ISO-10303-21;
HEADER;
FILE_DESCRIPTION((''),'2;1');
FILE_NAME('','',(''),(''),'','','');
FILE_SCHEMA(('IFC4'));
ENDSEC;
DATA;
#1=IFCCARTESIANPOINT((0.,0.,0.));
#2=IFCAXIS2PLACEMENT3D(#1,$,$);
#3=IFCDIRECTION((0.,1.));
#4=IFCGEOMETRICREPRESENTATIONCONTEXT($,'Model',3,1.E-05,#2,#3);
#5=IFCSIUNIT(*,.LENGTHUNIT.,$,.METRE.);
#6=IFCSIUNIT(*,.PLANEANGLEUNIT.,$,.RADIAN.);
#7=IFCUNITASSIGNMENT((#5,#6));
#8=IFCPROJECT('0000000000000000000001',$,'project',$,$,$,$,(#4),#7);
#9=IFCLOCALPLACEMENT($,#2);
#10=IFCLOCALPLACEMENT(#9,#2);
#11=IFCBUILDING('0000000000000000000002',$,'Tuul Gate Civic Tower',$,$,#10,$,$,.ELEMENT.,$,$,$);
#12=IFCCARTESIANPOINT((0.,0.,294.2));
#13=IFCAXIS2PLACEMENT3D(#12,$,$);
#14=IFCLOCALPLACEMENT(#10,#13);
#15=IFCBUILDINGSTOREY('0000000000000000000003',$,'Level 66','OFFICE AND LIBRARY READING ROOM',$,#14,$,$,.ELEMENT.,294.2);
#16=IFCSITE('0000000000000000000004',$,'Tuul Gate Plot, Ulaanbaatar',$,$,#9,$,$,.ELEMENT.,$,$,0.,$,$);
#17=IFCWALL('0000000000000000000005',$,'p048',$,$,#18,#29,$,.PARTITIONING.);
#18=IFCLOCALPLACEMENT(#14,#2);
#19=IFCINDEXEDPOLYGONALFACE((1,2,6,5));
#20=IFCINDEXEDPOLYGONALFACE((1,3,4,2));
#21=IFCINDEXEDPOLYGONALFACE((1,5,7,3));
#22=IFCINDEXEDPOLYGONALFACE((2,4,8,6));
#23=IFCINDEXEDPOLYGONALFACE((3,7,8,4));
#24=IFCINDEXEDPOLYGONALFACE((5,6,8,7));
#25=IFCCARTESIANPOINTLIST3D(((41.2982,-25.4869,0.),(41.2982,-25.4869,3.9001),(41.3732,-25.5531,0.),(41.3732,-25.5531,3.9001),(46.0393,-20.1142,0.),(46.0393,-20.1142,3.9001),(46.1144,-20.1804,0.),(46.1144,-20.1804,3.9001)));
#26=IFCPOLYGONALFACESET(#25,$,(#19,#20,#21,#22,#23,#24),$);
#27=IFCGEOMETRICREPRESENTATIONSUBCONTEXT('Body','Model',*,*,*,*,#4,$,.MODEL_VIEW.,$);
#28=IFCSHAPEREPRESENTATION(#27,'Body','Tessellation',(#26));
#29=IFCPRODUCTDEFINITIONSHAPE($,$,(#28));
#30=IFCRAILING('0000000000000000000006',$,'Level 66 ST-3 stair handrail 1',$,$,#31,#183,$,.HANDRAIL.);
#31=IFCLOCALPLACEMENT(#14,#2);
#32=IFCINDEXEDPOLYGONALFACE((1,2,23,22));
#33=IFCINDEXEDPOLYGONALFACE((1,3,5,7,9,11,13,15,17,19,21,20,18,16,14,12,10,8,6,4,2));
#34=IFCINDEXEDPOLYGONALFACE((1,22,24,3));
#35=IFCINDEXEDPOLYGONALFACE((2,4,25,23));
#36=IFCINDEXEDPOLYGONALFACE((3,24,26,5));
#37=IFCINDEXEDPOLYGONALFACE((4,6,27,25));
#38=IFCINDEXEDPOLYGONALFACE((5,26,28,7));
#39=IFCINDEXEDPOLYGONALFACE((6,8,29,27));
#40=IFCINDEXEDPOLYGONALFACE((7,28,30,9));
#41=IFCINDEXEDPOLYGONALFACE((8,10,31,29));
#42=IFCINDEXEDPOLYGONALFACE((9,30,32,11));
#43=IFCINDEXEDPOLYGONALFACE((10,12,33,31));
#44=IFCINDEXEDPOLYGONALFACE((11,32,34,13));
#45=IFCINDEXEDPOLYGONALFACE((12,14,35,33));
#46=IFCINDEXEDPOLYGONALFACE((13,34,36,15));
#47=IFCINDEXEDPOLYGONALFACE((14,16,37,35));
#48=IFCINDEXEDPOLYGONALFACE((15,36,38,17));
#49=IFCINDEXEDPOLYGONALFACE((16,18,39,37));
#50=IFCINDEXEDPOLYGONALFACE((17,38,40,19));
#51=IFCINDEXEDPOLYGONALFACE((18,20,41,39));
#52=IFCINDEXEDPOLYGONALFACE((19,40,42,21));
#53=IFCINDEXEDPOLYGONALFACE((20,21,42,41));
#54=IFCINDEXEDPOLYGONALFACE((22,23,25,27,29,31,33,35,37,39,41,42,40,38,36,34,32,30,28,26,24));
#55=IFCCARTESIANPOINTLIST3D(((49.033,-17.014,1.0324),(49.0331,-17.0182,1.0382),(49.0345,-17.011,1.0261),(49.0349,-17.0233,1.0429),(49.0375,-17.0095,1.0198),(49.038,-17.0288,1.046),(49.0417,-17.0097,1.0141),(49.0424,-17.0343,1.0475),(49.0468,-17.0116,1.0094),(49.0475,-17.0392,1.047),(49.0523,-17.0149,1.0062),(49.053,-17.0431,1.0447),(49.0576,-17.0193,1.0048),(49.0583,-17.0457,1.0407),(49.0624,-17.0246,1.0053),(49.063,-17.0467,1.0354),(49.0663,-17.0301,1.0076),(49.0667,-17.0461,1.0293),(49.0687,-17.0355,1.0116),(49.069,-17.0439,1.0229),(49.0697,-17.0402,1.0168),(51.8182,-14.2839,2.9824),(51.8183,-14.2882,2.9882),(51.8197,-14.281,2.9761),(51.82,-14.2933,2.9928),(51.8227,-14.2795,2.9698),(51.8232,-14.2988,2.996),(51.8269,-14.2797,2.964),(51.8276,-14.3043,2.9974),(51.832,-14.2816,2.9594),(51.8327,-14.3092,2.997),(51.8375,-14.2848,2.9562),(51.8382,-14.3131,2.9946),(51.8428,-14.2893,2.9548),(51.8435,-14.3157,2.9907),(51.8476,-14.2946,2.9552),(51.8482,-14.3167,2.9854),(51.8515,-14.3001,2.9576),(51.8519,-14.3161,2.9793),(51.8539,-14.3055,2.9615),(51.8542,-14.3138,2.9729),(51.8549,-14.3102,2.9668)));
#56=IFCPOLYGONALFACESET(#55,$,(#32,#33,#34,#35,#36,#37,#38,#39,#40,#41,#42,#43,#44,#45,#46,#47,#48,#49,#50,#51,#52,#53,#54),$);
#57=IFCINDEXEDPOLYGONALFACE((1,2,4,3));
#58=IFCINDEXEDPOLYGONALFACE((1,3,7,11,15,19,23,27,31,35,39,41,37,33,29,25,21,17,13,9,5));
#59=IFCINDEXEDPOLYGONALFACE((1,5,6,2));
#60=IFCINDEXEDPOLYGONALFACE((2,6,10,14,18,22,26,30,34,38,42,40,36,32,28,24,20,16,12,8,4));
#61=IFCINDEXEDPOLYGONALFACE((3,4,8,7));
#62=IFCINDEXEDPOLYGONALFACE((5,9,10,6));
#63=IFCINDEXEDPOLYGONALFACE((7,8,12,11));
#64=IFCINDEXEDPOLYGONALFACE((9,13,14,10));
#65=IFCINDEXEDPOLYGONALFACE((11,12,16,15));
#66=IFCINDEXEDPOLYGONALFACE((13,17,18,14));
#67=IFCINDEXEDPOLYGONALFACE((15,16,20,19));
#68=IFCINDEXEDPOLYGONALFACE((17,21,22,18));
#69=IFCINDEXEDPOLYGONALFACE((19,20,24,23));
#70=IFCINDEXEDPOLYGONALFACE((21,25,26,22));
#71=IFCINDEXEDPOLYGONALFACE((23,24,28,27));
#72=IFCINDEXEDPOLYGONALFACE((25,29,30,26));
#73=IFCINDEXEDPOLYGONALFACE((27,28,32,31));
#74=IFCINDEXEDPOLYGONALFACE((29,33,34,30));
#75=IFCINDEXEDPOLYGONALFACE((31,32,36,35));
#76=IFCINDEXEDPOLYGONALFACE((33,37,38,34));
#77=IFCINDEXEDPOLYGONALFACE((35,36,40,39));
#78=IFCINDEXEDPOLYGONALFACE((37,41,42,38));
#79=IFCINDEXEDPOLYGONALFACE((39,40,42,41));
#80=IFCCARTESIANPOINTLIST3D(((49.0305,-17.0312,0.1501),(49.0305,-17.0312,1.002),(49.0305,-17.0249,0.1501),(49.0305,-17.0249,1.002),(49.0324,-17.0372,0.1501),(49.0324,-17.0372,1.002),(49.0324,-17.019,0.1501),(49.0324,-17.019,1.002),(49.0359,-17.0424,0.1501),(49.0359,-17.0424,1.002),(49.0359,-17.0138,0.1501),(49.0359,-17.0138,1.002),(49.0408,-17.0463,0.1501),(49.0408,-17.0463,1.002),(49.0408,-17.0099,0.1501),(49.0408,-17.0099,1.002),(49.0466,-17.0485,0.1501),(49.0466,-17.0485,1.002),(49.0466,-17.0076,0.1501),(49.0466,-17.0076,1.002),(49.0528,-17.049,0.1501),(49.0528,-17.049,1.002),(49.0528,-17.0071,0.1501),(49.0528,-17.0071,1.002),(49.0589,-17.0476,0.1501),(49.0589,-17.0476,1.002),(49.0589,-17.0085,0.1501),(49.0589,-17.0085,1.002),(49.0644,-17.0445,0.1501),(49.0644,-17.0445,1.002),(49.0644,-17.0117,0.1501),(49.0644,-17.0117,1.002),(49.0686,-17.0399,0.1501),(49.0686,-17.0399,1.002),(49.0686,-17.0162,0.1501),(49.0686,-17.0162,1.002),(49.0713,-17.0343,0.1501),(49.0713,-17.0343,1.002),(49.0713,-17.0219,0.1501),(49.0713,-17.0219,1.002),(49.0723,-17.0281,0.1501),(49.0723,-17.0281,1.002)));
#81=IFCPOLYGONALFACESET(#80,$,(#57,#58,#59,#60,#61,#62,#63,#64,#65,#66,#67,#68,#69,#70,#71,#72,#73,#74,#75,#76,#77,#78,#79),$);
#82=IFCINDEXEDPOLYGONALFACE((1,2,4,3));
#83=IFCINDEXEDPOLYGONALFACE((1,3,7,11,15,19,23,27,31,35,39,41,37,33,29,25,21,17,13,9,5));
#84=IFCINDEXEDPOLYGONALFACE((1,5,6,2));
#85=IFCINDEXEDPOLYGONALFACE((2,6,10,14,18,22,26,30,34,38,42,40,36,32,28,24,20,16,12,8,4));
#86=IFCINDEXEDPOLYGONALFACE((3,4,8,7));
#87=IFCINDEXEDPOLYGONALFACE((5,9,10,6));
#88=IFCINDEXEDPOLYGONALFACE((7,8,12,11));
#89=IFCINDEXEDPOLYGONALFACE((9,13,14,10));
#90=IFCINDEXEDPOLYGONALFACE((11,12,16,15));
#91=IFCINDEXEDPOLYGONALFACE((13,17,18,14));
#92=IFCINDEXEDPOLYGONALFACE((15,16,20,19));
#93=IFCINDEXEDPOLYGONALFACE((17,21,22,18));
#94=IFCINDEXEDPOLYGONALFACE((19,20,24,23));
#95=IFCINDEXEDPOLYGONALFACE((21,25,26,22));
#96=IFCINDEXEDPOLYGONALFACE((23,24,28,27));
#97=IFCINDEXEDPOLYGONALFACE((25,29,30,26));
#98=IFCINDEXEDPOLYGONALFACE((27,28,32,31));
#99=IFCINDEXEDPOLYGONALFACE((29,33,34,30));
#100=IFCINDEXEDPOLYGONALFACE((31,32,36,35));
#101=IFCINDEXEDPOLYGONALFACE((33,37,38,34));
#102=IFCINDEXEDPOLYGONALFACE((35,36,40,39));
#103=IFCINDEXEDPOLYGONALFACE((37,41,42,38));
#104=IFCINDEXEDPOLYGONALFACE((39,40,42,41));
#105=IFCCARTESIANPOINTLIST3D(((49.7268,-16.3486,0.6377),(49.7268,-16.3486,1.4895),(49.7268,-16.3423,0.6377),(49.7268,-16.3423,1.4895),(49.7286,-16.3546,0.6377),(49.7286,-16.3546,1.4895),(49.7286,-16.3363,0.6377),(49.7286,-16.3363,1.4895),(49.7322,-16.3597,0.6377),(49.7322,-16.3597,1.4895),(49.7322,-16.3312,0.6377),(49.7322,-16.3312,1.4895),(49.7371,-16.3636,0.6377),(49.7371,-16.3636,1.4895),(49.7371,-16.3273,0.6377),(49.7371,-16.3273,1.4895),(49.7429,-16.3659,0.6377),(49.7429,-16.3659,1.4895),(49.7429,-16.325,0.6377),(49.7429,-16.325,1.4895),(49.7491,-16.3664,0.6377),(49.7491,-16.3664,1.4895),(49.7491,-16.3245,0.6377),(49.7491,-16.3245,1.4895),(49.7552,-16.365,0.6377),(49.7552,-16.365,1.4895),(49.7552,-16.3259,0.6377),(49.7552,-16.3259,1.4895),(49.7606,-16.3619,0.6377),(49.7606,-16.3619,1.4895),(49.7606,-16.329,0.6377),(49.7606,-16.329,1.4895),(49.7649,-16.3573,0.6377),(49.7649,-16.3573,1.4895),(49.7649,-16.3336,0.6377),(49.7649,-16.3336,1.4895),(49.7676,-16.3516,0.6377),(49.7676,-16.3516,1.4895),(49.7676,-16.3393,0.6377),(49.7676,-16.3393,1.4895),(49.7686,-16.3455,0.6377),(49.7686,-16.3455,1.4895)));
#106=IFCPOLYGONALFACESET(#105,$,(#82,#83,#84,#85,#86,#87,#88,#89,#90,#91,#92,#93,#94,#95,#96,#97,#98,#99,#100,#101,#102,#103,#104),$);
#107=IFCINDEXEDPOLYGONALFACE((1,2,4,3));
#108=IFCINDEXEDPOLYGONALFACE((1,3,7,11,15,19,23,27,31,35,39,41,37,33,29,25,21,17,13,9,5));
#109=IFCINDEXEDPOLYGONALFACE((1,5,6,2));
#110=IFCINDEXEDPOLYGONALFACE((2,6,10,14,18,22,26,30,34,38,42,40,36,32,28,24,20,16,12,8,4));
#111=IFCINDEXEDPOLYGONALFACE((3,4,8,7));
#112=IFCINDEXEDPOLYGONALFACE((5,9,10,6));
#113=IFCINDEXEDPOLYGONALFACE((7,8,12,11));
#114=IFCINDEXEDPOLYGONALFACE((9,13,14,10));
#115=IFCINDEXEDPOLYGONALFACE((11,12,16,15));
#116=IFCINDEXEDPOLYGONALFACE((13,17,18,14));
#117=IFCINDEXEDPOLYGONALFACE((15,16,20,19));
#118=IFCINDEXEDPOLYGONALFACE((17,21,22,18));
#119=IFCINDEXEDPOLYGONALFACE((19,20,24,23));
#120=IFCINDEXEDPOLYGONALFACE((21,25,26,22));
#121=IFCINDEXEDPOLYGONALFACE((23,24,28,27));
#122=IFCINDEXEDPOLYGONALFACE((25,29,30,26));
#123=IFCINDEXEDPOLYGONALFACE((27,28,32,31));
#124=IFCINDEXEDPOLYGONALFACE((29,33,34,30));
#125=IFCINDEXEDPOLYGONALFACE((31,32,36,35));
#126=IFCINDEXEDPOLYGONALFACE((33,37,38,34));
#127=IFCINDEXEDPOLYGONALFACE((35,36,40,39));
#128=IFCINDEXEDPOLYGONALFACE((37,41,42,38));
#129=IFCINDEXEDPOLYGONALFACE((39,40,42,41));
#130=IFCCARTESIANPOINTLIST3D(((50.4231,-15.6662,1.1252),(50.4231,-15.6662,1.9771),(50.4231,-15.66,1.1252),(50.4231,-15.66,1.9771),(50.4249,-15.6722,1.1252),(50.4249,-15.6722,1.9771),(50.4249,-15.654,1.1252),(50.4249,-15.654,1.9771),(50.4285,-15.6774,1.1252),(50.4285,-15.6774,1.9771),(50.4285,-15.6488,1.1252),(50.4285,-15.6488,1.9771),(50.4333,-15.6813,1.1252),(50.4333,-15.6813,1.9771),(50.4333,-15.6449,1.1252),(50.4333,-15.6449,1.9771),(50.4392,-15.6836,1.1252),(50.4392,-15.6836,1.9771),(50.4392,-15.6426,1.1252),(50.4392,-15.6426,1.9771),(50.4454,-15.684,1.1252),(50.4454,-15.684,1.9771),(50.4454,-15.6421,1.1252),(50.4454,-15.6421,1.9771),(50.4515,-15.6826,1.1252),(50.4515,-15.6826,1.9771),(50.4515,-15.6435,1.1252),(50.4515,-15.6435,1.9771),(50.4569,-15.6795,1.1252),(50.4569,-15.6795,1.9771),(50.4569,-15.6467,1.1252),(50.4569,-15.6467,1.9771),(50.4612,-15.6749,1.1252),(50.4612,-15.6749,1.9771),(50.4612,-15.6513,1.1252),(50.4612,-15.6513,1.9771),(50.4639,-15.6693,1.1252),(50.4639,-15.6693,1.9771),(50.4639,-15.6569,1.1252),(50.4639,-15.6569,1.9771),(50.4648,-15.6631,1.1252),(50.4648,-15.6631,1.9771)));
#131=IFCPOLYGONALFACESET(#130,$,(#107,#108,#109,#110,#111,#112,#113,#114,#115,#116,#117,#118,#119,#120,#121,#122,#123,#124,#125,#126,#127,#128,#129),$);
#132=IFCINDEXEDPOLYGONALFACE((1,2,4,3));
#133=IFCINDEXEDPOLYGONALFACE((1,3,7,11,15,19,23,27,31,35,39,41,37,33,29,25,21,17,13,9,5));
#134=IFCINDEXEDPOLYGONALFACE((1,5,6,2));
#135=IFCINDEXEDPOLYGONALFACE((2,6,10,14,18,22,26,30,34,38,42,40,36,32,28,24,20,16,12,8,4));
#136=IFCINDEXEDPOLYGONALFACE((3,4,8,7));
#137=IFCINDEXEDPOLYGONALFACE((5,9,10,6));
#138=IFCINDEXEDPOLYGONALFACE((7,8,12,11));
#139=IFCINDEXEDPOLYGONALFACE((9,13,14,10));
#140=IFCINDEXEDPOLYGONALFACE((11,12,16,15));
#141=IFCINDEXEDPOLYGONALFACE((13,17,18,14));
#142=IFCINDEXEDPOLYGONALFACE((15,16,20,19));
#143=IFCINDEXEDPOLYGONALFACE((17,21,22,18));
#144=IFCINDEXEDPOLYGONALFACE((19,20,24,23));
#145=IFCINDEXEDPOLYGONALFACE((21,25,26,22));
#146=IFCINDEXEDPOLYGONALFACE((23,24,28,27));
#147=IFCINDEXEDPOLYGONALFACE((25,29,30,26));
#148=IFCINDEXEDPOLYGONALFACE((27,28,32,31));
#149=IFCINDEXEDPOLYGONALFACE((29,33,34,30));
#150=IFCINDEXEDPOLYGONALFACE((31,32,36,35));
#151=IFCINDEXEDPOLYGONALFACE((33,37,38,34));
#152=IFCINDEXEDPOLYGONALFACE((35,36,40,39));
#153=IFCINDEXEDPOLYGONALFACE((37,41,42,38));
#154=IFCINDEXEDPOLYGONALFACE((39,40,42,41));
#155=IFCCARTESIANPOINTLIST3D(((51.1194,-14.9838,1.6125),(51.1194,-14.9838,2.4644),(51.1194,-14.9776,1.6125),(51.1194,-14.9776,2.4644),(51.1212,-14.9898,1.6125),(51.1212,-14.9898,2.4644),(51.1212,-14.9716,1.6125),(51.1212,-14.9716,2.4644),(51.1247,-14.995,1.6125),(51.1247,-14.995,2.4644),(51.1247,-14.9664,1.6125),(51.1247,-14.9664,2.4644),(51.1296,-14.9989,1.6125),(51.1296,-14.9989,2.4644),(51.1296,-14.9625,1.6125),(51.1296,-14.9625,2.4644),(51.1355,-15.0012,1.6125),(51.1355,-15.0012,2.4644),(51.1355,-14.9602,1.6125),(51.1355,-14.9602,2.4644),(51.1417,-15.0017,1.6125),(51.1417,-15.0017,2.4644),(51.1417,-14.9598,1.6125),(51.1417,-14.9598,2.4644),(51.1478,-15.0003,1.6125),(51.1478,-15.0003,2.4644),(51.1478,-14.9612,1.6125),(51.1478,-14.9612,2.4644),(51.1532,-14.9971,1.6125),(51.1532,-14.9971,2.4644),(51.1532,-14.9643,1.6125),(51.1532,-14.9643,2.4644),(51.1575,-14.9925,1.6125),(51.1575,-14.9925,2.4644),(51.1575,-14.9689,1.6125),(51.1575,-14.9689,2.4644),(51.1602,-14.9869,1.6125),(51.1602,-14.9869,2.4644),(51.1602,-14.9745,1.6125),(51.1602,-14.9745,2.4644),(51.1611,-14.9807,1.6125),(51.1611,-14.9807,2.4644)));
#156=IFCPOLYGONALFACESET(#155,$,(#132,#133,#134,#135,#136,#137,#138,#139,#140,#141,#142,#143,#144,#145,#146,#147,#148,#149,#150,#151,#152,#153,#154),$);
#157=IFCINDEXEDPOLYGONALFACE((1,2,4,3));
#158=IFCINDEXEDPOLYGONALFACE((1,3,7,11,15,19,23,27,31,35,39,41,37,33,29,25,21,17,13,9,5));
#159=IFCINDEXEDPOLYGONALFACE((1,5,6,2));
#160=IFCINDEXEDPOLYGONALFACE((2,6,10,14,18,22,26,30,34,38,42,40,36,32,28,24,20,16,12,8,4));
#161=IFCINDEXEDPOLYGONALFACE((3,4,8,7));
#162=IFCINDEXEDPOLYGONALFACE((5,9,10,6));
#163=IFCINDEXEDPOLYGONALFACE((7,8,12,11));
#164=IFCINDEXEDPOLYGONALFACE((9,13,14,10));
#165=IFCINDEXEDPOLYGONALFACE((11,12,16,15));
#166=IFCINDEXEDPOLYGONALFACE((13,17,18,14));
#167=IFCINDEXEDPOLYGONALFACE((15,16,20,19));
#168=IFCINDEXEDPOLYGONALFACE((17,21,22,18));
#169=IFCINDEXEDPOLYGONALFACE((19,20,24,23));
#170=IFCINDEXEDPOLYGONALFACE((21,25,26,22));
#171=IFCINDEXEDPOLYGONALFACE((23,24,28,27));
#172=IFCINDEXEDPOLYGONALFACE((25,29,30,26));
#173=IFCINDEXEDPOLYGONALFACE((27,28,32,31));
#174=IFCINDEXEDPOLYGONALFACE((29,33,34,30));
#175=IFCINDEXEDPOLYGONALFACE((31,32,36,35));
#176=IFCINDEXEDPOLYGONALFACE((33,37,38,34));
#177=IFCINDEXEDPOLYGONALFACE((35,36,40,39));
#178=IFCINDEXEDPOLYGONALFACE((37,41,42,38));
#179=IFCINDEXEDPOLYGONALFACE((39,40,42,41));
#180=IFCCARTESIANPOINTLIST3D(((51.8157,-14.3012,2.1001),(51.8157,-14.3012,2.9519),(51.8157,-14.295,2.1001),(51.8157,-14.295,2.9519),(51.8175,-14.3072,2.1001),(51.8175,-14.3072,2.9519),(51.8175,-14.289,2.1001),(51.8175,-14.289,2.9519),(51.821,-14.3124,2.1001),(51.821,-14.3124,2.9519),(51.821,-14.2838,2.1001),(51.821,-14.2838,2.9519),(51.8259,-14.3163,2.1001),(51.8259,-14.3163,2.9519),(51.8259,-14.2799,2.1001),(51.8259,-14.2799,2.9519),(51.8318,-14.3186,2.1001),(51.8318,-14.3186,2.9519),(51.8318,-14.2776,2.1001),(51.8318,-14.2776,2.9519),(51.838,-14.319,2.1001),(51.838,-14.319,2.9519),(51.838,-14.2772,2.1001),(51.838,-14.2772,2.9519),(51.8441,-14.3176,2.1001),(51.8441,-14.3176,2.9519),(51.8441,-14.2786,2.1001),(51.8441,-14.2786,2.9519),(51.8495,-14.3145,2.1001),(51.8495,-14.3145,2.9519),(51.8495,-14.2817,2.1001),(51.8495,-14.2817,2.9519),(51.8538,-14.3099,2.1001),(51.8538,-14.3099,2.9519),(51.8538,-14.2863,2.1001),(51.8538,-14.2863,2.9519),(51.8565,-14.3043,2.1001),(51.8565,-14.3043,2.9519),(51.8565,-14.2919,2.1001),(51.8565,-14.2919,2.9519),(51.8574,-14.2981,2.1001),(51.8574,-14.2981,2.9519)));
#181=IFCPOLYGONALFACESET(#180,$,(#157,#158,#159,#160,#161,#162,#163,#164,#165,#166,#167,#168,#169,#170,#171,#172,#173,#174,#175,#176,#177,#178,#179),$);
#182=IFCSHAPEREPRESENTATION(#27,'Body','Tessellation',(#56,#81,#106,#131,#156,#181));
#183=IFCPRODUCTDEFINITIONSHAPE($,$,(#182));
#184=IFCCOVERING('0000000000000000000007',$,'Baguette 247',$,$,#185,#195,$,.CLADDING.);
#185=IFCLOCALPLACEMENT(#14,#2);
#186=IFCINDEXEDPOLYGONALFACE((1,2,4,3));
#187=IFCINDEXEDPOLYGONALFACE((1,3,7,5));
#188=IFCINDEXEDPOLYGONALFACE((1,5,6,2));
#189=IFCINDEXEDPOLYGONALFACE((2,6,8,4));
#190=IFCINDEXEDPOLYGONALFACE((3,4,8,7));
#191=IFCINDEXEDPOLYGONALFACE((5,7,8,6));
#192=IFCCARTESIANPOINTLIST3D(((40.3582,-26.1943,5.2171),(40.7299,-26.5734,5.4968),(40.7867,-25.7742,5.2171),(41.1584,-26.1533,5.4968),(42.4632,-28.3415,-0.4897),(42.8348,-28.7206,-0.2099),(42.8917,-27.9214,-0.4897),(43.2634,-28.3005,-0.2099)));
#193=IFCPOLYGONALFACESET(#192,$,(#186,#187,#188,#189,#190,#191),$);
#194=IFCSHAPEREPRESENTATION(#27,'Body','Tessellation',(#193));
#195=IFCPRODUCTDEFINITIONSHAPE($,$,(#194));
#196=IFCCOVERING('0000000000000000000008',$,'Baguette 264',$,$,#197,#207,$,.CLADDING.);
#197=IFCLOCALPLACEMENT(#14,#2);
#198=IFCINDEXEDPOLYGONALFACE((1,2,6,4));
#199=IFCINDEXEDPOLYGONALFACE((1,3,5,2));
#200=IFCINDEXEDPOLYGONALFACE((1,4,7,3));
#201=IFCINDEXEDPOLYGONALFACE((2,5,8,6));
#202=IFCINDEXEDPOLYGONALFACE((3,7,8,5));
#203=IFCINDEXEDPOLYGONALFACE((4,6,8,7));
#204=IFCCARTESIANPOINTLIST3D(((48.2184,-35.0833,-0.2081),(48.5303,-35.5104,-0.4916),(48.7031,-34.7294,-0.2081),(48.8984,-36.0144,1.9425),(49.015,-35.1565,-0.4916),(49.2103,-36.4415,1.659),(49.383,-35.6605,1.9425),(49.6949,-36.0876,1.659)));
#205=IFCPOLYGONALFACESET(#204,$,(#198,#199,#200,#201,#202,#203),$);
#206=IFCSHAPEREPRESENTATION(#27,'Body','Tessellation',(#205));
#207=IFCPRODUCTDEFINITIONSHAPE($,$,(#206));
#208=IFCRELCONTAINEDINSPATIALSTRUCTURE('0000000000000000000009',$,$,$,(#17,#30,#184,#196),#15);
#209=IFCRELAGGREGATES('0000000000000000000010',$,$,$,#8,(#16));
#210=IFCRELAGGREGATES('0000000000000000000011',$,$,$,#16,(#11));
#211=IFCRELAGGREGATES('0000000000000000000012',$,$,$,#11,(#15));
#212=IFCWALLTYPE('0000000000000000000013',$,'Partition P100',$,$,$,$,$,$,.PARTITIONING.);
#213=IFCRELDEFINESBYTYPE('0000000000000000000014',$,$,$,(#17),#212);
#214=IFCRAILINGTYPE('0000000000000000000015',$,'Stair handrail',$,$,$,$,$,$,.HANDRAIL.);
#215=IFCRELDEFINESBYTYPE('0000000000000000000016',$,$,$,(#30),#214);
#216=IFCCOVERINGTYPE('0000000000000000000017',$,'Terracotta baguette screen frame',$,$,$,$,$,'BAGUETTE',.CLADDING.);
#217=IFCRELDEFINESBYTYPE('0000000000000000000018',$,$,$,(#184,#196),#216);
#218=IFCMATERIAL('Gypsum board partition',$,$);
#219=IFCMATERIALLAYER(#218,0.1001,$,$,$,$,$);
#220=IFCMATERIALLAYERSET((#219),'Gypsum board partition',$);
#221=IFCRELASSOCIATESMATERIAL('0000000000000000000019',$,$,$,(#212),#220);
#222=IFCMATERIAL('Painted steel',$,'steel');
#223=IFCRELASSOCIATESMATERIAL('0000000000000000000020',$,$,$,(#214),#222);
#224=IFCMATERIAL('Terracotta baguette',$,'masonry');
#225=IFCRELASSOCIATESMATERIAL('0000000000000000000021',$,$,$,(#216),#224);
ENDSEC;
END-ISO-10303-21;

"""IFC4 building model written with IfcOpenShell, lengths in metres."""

from ifc_helpers import new_model, si_unit, direction, frame, frame_2d, origin, origin_2d, place, context, subcontext, project, spatial, rectangle, circle, extrude, material, layer, layer_set, material_profile, profile_set, type_object, element, save


model = new_model("IFC4")

# Units and contexts
model_context = context("Model", 3, precision=1e-05, world=origin(), true_north=direction((0.0, 1.0)))
body_context = subcontext(model_context, "Body", "Model", "MODEL_VIEW")
ifc_project = project(units=[si_unit("LENGTHUNIT", "METRE"), si_unit("PLANEANGLEUNIT", "RADIAN")], contexts=[model_context])

# Site, building, storey
site_placement = place(None, origin())
site = spatial("IfcSite", under=ifc_project, at=site_placement, Name="Tuul Gate Plot, Ulaanbaatar", CompositionType="ELEMENT", RefElevation=0.0)
building_placement = place(site_placement, origin())
building = spatial("IfcBuilding", under=site, at=building_placement, Name="Tuul Gate Civic Tower", CompositionType="ELEMENT")
storey_placement = place(building_placement, frame((0.0, 0.0, 294.2)))
storey = spatial("IfcBuildingStorey", under=building, at=storey_placement, Name="Level 66", Description="OFFICE AND LIBRARY READING ROOM", CompositionType="ELEMENT", Elevation=294.2)

# Wall
ifc_material_1 = material(Name="Gypsum board partition")
ifc_layer_1 = layer(ifc_material_1, 0.1001)
ifc_layer_set_1 = layer_set([ifc_layer_1], Name="Gypsum board partition")
wall_type_1 = type_object("IfcWallType", Name="Partition P100", PredefinedType="PARTITIONING", material=ifc_layer_set_1)
wall_1_placement = place(storey_placement, frame((41.3357, -25.52, 0.0), z_axis=(0.0, 0.0, 1.0), x_axis=(0.661661, 0.749803, 0.0)))
element("IfcWall", 1, at=wall_1_placement, inside=storey, type_object=wall_type_1, Name="p048", PredefinedType="PARTITIONING", context=body_context, shape_type="SweptSolid", body=[
    extrude(rectangle(XDim=7.1655, YDim=0.1001, at=frame_2d((3.5828, 0.0))), origin(), (0.0, 0.0, 1.0), 3.9001),
])

# Railing
ifc_material_2 = material(Name="Painted steel", Category="steel")
railing_type = type_object("IfcRailingType", Name="Stair handrail", PredefinedType="HANDRAIL", material=ifc_material_2)
railing_placement = place(storey_placement, frame((49.0513, -17.0281, 0.1501)))
element("IfcRailing", 2, at=railing_placement, inside=storey, type_object=railing_type, Name="Level 66 ST-3 stair handrail 1", PredefinedType="HANDRAIL", context=body_context, shape_type="SweptSolid", body=[
    extrude(circle(Radius=0.0239, at=origin_2d()), frame((0.0, 0.0, 0.876), z_axis=(0.638754, 0.6261, 0.447206), x_axis=(-0.699998, 0.714145, 0.0)), (0.0, 0.0, 1.0), 4.3604),
    extrude(circle(Radius=0.021, at=origin_2d()), origin(), (0.0, 0.0, 1.0), 0.8518),
    extrude(circle(Radius=0.021, at=origin_2d()), frame((0.6963, 0.6826, 0.4875)), (0.0, 0.0, 1.0), 0.8518),
    extrude(circle(Radius=0.021, at=origin_2d()), frame((1.3926, 1.365, 0.9751)), (0.0, 0.0, 1.0), 0.8518),
    extrude(circle(Radius=0.021, at=origin_2d()), frame((2.0889, 2.0474, 1.4624)), (0.0, 0.0, 1.0), 0.8518),
    extrude(circle(Radius=0.021, at=origin_2d()), frame((2.7852, 2.73, 1.95)), (0.0, 0.0, 1.0), 0.8518),
])

# Coverings
ifc_material_3 = material(Name="Terracotta baguette", Category="masonry")
ifc_material_profile_1 = material_profile(ifc_material_3, rectangle(XDim=0.6001, YDim=0.6001, at=origin_2d()), Name="Terracotta baguette screen frame")
ifc_profile_set_1 = profile_set([ifc_material_profile_1], Name="Terracotta baguette")
covering_type = type_object("IfcCoveringType", Name="Terracotta baguette screen frame", ElementType="BAGUETTE", PredefinedType="CLADDING", material=ifc_profile_set_1)
covering_1_placement = place(storey_placement, frame((40.7583, -26.1738, 5.3569), z_axis=(0.326328, -0.332876, -0.884705), x_axis=(0.714095, 0.700049, 0.0)))
element("IfcCovering", 3, at=covering_1_placement, inside=storey, type_object=covering_type, Name="Baguette 247", PredefinedType="CLADDING", context=body_context, shape_type="SweptSolid", body=[
    extrude(rectangle(XDim=0.6001, YDim=0.6001, at=origin_2d()), origin(), (0.0, 0.0, 1.0), 6.4504),
])
covering_2_placement = place(storey_placement, frame((48.6167, -35.1199, -0.3499), z_axis=(0.278638, -0.381588, 0.881335), x_axis=(0.807608, 0.589719, 0.0)))
element("IfcCovering", 4, at=covering_2_placement, inside=storey, type_object=covering_type, Name="Baguette 264", PredefinedType="CLADDING", context=body_context, shape_type="SweptSolid", body=[
    extrude(rectangle(XDim=0.6001, YDim=0.6001, at=origin_2d()), origin(), (0.0, 0.0, 1.0), 2.4402),
])

save(model, "model.ifc")
